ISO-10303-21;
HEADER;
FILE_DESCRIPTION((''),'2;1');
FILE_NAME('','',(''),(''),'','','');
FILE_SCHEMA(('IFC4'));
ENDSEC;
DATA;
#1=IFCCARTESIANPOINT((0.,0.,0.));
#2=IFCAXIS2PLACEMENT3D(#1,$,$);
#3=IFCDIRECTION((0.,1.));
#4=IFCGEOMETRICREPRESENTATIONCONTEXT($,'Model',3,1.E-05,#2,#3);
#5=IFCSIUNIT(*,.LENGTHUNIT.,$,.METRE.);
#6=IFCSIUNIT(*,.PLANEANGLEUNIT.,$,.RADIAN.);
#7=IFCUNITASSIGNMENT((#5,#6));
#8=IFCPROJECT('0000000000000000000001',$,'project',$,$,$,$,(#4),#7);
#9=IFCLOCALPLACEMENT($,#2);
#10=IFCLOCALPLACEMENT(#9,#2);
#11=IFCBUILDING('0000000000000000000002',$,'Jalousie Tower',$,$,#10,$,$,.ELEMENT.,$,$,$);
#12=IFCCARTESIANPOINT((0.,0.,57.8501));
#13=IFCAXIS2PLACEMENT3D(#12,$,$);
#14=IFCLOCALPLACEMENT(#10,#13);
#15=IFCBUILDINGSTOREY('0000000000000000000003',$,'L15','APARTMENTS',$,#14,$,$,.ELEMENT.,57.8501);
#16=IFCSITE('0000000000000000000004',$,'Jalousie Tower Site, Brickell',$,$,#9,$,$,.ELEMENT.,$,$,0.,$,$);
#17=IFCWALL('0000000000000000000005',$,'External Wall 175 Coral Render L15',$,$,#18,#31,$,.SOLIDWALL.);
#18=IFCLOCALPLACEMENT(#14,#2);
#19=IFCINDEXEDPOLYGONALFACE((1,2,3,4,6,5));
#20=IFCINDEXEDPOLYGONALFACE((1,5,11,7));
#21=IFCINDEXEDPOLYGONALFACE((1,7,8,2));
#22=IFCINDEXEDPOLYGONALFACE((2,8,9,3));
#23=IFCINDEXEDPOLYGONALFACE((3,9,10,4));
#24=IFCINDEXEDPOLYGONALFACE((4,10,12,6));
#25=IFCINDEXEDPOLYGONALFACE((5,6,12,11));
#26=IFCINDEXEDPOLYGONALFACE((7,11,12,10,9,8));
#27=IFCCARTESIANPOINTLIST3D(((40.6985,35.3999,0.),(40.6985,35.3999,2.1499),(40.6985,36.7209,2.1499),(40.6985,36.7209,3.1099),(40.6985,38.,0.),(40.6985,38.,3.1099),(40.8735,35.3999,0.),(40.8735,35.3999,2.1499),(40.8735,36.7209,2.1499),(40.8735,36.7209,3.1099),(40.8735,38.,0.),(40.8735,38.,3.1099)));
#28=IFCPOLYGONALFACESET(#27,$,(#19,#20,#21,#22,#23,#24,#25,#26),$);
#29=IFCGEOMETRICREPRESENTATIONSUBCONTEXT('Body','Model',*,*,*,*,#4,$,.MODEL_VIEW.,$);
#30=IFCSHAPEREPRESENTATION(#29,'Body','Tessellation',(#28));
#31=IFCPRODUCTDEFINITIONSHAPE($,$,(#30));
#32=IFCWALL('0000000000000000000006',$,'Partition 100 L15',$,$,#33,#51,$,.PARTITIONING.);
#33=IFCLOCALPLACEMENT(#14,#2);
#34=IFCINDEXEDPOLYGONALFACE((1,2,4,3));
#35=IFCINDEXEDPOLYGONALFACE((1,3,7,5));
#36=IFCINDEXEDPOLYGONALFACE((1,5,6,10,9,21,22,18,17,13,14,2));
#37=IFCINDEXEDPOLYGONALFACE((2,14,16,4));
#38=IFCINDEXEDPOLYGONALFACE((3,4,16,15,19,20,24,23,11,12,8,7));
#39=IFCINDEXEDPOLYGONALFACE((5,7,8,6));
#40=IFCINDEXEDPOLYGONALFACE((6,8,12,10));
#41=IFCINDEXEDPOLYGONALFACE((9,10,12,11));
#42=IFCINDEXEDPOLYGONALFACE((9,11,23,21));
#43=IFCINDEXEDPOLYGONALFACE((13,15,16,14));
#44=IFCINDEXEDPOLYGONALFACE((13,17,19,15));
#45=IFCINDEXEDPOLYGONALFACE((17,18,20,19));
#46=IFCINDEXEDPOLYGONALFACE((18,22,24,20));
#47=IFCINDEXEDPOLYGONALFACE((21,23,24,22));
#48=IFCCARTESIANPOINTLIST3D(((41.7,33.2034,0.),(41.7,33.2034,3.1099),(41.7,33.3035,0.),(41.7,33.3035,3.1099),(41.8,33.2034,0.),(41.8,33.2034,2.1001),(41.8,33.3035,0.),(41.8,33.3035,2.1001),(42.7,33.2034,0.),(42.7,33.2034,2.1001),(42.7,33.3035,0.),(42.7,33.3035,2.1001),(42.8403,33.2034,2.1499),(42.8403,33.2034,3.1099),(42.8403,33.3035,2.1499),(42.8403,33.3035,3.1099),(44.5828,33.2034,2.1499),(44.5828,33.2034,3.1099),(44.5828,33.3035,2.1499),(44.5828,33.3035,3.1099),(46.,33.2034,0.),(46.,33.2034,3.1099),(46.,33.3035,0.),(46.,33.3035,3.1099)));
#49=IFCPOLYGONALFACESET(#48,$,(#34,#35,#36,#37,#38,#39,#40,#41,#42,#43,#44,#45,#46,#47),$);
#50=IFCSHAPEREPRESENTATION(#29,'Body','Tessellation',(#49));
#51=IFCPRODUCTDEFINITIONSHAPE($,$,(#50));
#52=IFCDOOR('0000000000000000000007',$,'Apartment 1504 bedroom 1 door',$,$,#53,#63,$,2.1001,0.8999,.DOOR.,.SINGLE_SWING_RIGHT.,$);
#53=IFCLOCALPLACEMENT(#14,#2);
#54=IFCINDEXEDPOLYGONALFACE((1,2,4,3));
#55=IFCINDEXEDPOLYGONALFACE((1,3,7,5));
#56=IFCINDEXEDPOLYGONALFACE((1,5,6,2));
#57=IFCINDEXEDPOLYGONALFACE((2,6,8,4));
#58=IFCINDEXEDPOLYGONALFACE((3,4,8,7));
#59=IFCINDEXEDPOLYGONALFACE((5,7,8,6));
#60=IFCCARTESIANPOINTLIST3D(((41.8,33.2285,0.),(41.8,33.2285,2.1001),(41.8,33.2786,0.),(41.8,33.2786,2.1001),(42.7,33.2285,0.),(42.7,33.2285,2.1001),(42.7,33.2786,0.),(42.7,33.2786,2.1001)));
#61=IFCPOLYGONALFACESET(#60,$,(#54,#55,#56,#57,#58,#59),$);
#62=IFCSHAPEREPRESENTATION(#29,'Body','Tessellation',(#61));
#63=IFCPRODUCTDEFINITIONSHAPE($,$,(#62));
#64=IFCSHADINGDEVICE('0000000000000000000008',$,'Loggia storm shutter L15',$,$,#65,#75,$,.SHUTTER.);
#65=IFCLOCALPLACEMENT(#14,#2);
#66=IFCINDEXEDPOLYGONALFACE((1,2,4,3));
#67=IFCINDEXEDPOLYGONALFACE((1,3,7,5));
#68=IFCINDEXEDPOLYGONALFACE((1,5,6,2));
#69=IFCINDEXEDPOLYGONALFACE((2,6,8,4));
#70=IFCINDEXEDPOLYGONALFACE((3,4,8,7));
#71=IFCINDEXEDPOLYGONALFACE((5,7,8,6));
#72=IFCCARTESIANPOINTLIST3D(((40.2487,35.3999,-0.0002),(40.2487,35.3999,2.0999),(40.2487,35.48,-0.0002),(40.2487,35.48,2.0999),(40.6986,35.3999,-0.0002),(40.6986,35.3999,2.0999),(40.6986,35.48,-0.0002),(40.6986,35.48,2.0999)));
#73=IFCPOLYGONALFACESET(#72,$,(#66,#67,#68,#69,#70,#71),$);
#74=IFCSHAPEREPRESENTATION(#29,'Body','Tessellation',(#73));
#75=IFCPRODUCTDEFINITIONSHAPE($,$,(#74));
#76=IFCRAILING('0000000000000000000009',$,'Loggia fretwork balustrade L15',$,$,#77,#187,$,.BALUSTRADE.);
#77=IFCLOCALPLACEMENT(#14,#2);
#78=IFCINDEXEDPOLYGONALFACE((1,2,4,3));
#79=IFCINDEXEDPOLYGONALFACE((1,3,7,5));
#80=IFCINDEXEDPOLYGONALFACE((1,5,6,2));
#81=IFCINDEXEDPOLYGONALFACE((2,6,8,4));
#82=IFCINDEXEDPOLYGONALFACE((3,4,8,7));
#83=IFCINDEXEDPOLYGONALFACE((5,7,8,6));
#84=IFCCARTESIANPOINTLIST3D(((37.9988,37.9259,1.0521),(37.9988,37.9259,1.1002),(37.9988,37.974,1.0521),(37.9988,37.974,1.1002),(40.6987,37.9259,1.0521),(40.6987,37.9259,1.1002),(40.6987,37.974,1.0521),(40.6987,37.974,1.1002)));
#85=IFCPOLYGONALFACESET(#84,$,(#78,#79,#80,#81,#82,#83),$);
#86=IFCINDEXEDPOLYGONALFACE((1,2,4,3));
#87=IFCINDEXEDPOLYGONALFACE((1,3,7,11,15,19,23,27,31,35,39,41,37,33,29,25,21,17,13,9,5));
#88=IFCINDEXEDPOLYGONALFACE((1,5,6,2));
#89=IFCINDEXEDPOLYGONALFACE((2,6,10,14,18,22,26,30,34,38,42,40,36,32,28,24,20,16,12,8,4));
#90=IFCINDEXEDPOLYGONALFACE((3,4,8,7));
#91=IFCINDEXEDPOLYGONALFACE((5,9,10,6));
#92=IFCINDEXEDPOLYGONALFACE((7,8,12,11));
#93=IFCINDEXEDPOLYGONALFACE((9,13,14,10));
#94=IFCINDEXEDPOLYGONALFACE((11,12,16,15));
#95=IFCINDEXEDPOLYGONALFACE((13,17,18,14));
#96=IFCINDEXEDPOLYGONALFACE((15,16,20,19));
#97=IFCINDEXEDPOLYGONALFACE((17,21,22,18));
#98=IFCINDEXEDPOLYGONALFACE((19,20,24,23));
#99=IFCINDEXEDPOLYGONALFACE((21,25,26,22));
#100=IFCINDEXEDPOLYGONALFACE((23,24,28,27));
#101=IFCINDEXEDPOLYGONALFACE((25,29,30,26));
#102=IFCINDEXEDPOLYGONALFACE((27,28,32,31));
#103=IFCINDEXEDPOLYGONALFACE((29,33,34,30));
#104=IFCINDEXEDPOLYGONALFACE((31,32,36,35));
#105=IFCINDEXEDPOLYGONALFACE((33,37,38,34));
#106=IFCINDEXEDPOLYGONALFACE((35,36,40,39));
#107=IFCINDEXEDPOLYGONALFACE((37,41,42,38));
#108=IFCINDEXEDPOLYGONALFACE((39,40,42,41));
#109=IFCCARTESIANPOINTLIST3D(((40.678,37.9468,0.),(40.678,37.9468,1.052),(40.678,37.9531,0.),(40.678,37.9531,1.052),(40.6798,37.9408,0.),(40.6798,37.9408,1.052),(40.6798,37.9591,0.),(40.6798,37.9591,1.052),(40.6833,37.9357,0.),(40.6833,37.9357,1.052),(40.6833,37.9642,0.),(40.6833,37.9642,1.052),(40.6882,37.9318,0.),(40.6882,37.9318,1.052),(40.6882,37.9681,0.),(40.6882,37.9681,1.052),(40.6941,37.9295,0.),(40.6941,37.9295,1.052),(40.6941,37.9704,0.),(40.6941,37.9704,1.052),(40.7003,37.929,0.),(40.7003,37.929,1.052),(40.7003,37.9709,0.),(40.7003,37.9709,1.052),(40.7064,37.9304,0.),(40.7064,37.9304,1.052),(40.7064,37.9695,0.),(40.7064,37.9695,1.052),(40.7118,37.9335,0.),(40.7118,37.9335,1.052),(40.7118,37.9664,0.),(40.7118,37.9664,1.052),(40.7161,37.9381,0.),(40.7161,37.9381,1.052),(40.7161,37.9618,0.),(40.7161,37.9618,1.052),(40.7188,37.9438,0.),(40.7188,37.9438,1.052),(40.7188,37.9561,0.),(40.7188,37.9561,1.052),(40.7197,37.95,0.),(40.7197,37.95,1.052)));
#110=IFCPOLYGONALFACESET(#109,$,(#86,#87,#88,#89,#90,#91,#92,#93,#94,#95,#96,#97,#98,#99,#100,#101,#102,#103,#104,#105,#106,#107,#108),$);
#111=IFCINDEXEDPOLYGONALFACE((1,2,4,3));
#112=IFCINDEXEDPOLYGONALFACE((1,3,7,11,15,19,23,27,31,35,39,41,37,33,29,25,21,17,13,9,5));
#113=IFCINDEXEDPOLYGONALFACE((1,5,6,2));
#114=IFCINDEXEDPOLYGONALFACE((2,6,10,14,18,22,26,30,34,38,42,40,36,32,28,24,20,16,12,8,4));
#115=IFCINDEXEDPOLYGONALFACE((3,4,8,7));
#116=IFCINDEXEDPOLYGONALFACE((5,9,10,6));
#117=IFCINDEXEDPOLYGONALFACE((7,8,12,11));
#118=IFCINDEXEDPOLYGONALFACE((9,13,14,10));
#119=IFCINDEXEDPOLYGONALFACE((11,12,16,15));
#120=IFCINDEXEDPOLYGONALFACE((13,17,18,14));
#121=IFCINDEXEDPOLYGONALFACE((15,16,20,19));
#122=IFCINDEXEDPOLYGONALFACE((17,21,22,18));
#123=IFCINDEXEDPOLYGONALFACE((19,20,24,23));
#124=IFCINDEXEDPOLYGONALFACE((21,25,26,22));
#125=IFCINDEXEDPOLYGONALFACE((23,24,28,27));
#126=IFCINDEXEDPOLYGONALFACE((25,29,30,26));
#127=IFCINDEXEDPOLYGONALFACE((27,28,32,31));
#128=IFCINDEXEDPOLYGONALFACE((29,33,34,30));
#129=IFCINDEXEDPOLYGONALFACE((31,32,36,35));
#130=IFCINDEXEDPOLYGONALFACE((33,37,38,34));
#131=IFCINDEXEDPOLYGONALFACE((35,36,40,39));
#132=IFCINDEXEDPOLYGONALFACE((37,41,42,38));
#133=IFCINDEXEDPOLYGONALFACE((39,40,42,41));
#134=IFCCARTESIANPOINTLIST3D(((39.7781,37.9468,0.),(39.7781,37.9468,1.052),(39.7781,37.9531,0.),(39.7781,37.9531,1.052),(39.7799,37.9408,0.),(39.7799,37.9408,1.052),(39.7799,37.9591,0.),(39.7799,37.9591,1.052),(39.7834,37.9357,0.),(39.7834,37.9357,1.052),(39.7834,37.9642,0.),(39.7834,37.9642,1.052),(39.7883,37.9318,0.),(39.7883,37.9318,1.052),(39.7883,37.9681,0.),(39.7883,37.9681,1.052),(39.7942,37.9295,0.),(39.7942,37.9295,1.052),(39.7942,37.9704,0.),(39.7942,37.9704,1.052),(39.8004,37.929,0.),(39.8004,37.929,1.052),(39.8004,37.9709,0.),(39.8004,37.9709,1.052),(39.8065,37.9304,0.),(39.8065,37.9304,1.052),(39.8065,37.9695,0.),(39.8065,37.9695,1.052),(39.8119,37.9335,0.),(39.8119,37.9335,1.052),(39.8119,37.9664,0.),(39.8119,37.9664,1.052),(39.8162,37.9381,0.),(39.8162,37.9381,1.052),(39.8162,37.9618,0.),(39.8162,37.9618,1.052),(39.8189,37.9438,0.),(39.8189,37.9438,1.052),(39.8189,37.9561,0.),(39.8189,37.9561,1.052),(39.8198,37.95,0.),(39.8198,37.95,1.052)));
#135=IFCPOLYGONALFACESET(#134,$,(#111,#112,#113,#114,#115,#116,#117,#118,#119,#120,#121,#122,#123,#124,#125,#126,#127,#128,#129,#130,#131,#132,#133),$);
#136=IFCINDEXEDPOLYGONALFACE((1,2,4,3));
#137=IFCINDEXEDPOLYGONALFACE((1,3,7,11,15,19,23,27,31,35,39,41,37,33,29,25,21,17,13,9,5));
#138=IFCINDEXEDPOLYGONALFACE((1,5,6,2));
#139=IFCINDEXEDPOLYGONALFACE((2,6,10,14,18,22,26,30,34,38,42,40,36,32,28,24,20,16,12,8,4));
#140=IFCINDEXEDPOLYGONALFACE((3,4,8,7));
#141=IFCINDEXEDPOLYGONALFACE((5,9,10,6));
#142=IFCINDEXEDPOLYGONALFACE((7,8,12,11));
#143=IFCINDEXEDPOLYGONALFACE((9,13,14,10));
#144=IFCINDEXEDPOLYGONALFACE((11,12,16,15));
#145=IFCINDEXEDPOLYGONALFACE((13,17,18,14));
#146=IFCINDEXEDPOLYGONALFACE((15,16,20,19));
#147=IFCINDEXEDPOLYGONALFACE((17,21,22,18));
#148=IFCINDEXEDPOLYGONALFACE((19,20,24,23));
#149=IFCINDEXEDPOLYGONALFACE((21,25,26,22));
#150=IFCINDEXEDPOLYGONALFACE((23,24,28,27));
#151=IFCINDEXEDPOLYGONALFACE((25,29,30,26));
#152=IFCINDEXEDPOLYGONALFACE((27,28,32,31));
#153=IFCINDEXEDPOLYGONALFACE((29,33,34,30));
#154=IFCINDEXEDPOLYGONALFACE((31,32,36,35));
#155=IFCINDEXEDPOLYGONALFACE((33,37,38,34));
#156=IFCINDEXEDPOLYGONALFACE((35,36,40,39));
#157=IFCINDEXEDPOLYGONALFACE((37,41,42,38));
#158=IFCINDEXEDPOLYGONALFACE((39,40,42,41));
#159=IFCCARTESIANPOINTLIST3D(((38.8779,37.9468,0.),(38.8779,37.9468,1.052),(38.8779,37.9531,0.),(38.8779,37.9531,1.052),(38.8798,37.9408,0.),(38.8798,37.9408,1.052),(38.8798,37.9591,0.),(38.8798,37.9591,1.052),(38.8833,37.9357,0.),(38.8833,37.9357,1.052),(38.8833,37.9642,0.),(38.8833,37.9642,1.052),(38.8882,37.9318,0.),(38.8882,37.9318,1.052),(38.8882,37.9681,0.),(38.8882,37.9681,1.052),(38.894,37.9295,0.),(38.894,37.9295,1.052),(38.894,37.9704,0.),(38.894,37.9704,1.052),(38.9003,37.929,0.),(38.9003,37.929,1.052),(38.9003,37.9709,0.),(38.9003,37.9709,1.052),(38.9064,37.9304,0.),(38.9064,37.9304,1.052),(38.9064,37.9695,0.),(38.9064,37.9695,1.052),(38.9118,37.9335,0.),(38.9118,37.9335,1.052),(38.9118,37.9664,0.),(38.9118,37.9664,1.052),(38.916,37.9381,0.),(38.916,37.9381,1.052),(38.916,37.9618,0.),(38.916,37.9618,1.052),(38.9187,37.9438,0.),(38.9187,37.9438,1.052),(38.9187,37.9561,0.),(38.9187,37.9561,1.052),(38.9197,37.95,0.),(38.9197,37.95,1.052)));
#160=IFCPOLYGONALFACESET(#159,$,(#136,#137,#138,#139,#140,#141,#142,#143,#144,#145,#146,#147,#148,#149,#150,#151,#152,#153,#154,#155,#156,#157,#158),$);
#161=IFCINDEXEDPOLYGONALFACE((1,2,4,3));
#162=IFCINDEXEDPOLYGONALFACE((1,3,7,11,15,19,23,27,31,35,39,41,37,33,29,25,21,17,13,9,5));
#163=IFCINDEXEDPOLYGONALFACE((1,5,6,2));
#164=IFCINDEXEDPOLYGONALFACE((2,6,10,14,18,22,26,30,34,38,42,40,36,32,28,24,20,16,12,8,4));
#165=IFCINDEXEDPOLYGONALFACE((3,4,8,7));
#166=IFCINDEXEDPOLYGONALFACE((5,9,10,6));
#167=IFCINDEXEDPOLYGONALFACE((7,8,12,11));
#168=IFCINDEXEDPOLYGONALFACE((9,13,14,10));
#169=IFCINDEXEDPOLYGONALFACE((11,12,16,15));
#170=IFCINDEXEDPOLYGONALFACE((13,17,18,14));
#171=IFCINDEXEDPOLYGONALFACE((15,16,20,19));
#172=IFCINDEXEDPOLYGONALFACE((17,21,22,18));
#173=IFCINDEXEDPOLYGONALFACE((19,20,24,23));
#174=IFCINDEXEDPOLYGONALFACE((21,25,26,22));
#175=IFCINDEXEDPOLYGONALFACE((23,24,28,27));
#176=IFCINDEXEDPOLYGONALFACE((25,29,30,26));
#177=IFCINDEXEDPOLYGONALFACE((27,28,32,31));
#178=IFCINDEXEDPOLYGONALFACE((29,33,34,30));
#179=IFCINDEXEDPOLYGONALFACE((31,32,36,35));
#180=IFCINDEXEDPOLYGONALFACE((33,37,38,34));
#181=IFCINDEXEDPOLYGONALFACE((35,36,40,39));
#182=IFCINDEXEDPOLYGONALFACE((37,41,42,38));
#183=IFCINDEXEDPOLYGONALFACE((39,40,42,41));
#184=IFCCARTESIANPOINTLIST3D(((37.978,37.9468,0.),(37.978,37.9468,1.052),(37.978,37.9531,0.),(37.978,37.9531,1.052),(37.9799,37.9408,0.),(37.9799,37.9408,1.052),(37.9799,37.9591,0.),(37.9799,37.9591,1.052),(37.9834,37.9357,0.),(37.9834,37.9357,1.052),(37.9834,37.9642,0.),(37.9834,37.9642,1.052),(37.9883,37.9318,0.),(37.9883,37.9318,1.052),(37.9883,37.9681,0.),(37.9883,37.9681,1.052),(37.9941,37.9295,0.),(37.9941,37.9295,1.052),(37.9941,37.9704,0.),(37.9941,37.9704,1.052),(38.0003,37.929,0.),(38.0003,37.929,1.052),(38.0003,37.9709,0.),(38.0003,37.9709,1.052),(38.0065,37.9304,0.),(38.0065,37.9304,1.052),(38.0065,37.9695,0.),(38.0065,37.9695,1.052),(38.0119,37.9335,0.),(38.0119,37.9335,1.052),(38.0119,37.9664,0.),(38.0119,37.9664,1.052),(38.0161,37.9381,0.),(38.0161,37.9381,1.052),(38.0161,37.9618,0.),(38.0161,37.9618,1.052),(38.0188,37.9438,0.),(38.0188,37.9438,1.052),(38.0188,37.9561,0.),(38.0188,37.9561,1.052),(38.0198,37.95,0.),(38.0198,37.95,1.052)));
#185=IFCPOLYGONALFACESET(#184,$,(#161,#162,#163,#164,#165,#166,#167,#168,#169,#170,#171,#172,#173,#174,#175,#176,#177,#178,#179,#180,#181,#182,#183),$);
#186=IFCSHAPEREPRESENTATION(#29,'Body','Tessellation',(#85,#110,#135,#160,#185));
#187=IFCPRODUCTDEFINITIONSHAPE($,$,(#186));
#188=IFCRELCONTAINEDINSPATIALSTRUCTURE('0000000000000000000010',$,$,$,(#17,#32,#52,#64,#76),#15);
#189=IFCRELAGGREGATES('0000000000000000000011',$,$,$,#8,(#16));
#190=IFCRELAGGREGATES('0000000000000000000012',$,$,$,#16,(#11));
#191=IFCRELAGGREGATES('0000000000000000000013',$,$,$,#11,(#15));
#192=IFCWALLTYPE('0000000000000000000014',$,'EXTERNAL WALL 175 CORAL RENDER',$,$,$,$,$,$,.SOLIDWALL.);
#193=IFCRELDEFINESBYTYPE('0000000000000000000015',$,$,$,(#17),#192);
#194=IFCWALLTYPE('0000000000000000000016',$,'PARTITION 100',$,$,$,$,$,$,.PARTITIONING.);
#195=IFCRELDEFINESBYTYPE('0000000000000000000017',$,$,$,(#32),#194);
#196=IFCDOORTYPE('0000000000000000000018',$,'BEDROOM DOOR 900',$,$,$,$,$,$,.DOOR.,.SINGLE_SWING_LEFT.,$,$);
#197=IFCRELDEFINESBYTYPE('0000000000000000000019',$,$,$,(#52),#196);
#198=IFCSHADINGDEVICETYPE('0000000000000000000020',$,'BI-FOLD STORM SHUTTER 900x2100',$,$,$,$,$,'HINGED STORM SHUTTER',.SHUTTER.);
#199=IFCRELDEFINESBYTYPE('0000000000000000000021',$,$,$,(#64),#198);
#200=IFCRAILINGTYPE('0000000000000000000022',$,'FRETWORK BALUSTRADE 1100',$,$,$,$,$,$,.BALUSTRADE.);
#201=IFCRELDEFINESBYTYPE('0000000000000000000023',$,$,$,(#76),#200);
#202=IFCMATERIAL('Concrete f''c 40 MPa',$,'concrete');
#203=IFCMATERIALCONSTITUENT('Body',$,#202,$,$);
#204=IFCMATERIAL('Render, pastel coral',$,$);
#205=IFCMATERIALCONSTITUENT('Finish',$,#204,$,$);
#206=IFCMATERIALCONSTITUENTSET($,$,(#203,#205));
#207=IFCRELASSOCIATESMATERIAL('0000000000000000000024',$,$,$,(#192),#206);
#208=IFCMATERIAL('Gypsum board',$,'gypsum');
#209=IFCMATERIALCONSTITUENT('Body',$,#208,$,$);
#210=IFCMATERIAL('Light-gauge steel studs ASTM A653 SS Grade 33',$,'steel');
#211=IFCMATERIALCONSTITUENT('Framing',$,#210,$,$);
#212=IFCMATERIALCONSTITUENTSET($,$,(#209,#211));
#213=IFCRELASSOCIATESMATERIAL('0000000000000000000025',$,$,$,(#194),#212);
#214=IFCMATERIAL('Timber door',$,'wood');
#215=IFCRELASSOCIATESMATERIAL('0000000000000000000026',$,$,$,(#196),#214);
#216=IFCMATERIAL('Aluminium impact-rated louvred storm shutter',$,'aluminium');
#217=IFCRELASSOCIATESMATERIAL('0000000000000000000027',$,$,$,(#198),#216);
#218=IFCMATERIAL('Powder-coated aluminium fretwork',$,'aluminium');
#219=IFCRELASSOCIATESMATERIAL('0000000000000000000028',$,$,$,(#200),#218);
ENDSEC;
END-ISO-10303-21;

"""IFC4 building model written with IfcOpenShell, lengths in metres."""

from ifc_helpers import new_model, si_unit, direction, frame, frame_2d, origin, origin_2d, place, context, subcontext, project, spatial, polyline, rectangle, circle, outline, extrude, material, constituent, constituent_set, type_object, element, fill, save


model = new_model("IFC4")

# Units and contexts
model_context = context("Model", 3, precision=1e-05, world=origin(), true_north=direction((0.0, 1.0)))
body_context = subcontext(model_context, "Body", "Model", "MODEL_VIEW")
ifc_project = project(units=[si_unit("LENGTHUNIT", "METRE"), si_unit("PLANEANGLEUNIT", "RADIAN")], contexts=[model_context])

# Site, building, storey
site_placement = place(None, origin())
site = spatial("IfcSite", under=ifc_project, at=site_placement, Name="Jalousie Tower Site, Brickell", CompositionType="ELEMENT", RefElevation=0.0)
building_placement = place(site_placement, origin())
building = spatial("IfcBuilding", under=site, at=building_placement, Name="Jalousie Tower", CompositionType="ELEMENT")
storey_placement = place(building_placement, frame((0.0, 0.0, 57.8501)))
storey = spatial("IfcBuildingStorey", under=building, at=storey_placement, Name="L15", Description="APARTMENTS", CompositionType="ELEMENT", Elevation=57.8501)

# Shared definitions
ifc_material_1 = material(Name="Concrete f'c 40 MPa", Category="concrete")
ifc_constituent_1 = constituent(ifc_material_1, Name="Body")
ifc_material_2 = material(Name="Render, pastel coral")
ifc_constituent_2 = constituent(ifc_material_2, Name="Finish")
ifc_constituent_set_1 = constituent_set(constituents=[ifc_constituent_1, ifc_constituent_2])
wall_type_1 = type_object("IfcWallType", Name="EXTERNAL WALL 175 CORAL RENDER", PredefinedType="SOLIDWALL", material=ifc_constituent_set_1)

# Wall
wall_1_placement = place(storey_placement, frame((40.7861, 38.0, 0.0), z_axis=(0.0, 0.0, 1.0), x_axis=(0.0, -1.0, 0.0)))
element("IfcWall", 1, at=wall_1_placement, inside=storey, type_object=wall_type_1, Name="External Wall 175 Coral Render L15", PredefinedType="SOLIDWALL", context=body_context, shape_type="SweptSolid", body=[
    extrude(outline(polyline([(0.0, 0.0), (2.6001, 0.0), (2.6001, 2.1499), (1.2791, 2.1499), (1.2791, 3.1099), (0.0, 3.1099), (0.0, 0.0)])), frame((0.0, 0.0874, 0.0), z_axis=(0.0, -1.0, 0.0), x_axis=(1.0, 0.0, 0.0)), (0.0, 0.0, 1.0), 0.175),
])

# Wall, opening, door
ifc_material_3 = material(Name="Gypsum board", Category="gypsum")
ifc_constituent_3 = constituent(ifc_material_3, Name="Body")
ifc_material_4 = material(Name="Light-gauge steel studs ASTM A653 SS Grade 33", Category="steel")
ifc_constituent_4 = constituent(ifc_material_4, Name="Framing")
ifc_constituent_set_2 = constituent_set(constituents=[ifc_constituent_3, ifc_constituent_4])
wall_type_2 = type_object("IfcWallType", Name="PARTITION 100", PredefinedType="PARTITIONING", material=ifc_constituent_set_2)
wall_2_placement = place(storey_placement, frame((41.7, 33.2534, 0.0), z_axis=(0.0, 0.0, 1.0), x_axis=(1.0, 0.0, 0.0)))
wall_2 = element("IfcWall", 2, at=wall_2_placement, inside=storey, type_object=wall_type_2, Name="Partition 100 L15", PredefinedType="PARTITIONING", context=body_context, shape_type="SweptSolid", body=[
    extrude(outline(polyline([(0.0, 0.0), (4.3, 0.0), (4.3, 3.1099), (2.8828, 3.1099), (2.8828, 2.1499), (1.1404, 2.1499), (1.1404, 3.1099), (0.0, 3.1099), (0.0, 0.0)])), frame((0.0, 0.05, 0.0), z_axis=(0.0, -1.0, 0.0), x_axis=(1.0, 0.0, 0.0)), (0.0, 0.0, 1.0), 0.1001),
])
opening_1_placement = place(wall_2_placement, frame((0.1001, 0.0, 0.0)))
opening_1 = element("IfcOpeningElement", 3, at=opening_1_placement, cuts=wall_2, PredefinedType="OPENING", context=body_context, shape_type="SweptSolid", body=[
    extrude(rectangle(XDim=0.8999, YDim=2.1001, at=frame_2d((0.45, 1.05))), frame((0.0, 0.0601, 0.0), z_axis=(0.0, -1.0, 0.0), x_axis=(1.0, 0.0, 0.0)), (0.0, 0.0, 1.0), 0.1201),
])
ifc_material_5 = material(Name="Timber door", Category="wood")
door_type_1 = type_object("IfcDoorType", Name="BEDROOM DOOR 900", OperationType="SINGLE_SWING_LEFT", PredefinedType="DOOR", material=ifc_material_5)
door_1_placement = place(opening_1_placement, frame((0.8999, 0.0, 0.0), z_axis=(0.0, 0.0, 1.0), x_axis=(-1.0, 0.0, 0.0)))
door_1 = element("IfcDoor", 4, at=door_1_placement, inside=storey, type_object=door_type_1, Name="Apartment 1504 bedroom 1 door", OperationType="SINGLE_SWING_RIGHT", OverallHeight=2.1001, OverallWidth=0.8999, PredefinedType="DOOR", context=body_context, shape_type="SweptSolid", body=[
    extrude(rectangle(XDim=0.8999, YDim=2.1001, at=frame_2d((0.45, 1.05))), frame((0.0, 0.0249, 0.0), z_axis=(0.0, -1.0, 0.0), x_axis=(1.0, 0.0, 0.0)), (0.0, 0.0, 1.0), 0.05),
])
fill(opening_1, door_1)

# Shading device
ifc_material_6 = material(Name="Aluminium impact-rated louvred storm shutter", Category="aluminium")
shading_device_type_1 = type_object("IfcShadingDeviceType", Name="BI-FOLD STORM SHUTTER 900x2100", ElementType="HINGED STORM SHUTTER", PredefinedType="SHUTTER", material=ifc_material_6)
shading_device_1_placement = place(storey_placement, frame((40.4736, 35.4399, -0.0002), z_axis=(0.0, 0.0, 1.0), x_axis=(-1.0, 0.0, 0.0)))
element("IfcShadingDevice", 5, at=shading_device_1_placement, inside=storey, type_object=shading_device_type_1, Name="Loggia storm shutter L15", PredefinedType="SHUTTER", context=body_context, shape_type="SweptSolid", body=[
    extrude(rectangle(XDim=0.45, YDim=0.0801, at=origin_2d()), origin(), (0.0, 0.0, 1.0), 2.1001),
])

# Railing
ifc_material_7 = material(Name="Powder-coated aluminium fretwork", Category="aluminium")
railing_type = type_object("IfcRailingType", Name="FRETWORK BALUSTRADE 1100", PredefinedType="BALUSTRADE", material=ifc_material_7)
railing_placement = place(storey_placement, frame((40.6987, 37.95, 0.0)))
element("IfcRailing", 6, at=railing_placement, inside=storey, type_object=railing_type, Name="Loggia fretwork balustrade L15", PredefinedType="BALUSTRADE", context=body_context, shape_type="SweptSolid", body=[
    extrude(rectangle(XDim=0.0481, YDim=0.0481, at=origin_2d()), frame((0.0, 0.0, 1.0762), z_axis=(-1.0, 0.0, 0.0), x_axis=(0.0, -1.0, 0.0)), (0.0, 0.0, 1.0), 2.7),
    extrude(circle(Radius=0.021, at=origin_2d()), origin(), (0.0, 0.0, 1.0), 1.052),
    extrude(circle(Radius=0.021, at=origin_2d()), frame((-0.8999, 0.0, 0.0)), (0.0, 0.0, 1.0), 1.052),
    extrude(circle(Radius=0.021, at=origin_2d()), frame((-1.8, 0.0, 0.0)), (0.0, 0.0, 1.0), 1.052),
    extrude(circle(Radius=0.021, at=origin_2d()), frame((-2.7, 0.0, 0.0)), (0.0, 0.0, 1.0), 1.052),
])

save(model, "model.ifc")
